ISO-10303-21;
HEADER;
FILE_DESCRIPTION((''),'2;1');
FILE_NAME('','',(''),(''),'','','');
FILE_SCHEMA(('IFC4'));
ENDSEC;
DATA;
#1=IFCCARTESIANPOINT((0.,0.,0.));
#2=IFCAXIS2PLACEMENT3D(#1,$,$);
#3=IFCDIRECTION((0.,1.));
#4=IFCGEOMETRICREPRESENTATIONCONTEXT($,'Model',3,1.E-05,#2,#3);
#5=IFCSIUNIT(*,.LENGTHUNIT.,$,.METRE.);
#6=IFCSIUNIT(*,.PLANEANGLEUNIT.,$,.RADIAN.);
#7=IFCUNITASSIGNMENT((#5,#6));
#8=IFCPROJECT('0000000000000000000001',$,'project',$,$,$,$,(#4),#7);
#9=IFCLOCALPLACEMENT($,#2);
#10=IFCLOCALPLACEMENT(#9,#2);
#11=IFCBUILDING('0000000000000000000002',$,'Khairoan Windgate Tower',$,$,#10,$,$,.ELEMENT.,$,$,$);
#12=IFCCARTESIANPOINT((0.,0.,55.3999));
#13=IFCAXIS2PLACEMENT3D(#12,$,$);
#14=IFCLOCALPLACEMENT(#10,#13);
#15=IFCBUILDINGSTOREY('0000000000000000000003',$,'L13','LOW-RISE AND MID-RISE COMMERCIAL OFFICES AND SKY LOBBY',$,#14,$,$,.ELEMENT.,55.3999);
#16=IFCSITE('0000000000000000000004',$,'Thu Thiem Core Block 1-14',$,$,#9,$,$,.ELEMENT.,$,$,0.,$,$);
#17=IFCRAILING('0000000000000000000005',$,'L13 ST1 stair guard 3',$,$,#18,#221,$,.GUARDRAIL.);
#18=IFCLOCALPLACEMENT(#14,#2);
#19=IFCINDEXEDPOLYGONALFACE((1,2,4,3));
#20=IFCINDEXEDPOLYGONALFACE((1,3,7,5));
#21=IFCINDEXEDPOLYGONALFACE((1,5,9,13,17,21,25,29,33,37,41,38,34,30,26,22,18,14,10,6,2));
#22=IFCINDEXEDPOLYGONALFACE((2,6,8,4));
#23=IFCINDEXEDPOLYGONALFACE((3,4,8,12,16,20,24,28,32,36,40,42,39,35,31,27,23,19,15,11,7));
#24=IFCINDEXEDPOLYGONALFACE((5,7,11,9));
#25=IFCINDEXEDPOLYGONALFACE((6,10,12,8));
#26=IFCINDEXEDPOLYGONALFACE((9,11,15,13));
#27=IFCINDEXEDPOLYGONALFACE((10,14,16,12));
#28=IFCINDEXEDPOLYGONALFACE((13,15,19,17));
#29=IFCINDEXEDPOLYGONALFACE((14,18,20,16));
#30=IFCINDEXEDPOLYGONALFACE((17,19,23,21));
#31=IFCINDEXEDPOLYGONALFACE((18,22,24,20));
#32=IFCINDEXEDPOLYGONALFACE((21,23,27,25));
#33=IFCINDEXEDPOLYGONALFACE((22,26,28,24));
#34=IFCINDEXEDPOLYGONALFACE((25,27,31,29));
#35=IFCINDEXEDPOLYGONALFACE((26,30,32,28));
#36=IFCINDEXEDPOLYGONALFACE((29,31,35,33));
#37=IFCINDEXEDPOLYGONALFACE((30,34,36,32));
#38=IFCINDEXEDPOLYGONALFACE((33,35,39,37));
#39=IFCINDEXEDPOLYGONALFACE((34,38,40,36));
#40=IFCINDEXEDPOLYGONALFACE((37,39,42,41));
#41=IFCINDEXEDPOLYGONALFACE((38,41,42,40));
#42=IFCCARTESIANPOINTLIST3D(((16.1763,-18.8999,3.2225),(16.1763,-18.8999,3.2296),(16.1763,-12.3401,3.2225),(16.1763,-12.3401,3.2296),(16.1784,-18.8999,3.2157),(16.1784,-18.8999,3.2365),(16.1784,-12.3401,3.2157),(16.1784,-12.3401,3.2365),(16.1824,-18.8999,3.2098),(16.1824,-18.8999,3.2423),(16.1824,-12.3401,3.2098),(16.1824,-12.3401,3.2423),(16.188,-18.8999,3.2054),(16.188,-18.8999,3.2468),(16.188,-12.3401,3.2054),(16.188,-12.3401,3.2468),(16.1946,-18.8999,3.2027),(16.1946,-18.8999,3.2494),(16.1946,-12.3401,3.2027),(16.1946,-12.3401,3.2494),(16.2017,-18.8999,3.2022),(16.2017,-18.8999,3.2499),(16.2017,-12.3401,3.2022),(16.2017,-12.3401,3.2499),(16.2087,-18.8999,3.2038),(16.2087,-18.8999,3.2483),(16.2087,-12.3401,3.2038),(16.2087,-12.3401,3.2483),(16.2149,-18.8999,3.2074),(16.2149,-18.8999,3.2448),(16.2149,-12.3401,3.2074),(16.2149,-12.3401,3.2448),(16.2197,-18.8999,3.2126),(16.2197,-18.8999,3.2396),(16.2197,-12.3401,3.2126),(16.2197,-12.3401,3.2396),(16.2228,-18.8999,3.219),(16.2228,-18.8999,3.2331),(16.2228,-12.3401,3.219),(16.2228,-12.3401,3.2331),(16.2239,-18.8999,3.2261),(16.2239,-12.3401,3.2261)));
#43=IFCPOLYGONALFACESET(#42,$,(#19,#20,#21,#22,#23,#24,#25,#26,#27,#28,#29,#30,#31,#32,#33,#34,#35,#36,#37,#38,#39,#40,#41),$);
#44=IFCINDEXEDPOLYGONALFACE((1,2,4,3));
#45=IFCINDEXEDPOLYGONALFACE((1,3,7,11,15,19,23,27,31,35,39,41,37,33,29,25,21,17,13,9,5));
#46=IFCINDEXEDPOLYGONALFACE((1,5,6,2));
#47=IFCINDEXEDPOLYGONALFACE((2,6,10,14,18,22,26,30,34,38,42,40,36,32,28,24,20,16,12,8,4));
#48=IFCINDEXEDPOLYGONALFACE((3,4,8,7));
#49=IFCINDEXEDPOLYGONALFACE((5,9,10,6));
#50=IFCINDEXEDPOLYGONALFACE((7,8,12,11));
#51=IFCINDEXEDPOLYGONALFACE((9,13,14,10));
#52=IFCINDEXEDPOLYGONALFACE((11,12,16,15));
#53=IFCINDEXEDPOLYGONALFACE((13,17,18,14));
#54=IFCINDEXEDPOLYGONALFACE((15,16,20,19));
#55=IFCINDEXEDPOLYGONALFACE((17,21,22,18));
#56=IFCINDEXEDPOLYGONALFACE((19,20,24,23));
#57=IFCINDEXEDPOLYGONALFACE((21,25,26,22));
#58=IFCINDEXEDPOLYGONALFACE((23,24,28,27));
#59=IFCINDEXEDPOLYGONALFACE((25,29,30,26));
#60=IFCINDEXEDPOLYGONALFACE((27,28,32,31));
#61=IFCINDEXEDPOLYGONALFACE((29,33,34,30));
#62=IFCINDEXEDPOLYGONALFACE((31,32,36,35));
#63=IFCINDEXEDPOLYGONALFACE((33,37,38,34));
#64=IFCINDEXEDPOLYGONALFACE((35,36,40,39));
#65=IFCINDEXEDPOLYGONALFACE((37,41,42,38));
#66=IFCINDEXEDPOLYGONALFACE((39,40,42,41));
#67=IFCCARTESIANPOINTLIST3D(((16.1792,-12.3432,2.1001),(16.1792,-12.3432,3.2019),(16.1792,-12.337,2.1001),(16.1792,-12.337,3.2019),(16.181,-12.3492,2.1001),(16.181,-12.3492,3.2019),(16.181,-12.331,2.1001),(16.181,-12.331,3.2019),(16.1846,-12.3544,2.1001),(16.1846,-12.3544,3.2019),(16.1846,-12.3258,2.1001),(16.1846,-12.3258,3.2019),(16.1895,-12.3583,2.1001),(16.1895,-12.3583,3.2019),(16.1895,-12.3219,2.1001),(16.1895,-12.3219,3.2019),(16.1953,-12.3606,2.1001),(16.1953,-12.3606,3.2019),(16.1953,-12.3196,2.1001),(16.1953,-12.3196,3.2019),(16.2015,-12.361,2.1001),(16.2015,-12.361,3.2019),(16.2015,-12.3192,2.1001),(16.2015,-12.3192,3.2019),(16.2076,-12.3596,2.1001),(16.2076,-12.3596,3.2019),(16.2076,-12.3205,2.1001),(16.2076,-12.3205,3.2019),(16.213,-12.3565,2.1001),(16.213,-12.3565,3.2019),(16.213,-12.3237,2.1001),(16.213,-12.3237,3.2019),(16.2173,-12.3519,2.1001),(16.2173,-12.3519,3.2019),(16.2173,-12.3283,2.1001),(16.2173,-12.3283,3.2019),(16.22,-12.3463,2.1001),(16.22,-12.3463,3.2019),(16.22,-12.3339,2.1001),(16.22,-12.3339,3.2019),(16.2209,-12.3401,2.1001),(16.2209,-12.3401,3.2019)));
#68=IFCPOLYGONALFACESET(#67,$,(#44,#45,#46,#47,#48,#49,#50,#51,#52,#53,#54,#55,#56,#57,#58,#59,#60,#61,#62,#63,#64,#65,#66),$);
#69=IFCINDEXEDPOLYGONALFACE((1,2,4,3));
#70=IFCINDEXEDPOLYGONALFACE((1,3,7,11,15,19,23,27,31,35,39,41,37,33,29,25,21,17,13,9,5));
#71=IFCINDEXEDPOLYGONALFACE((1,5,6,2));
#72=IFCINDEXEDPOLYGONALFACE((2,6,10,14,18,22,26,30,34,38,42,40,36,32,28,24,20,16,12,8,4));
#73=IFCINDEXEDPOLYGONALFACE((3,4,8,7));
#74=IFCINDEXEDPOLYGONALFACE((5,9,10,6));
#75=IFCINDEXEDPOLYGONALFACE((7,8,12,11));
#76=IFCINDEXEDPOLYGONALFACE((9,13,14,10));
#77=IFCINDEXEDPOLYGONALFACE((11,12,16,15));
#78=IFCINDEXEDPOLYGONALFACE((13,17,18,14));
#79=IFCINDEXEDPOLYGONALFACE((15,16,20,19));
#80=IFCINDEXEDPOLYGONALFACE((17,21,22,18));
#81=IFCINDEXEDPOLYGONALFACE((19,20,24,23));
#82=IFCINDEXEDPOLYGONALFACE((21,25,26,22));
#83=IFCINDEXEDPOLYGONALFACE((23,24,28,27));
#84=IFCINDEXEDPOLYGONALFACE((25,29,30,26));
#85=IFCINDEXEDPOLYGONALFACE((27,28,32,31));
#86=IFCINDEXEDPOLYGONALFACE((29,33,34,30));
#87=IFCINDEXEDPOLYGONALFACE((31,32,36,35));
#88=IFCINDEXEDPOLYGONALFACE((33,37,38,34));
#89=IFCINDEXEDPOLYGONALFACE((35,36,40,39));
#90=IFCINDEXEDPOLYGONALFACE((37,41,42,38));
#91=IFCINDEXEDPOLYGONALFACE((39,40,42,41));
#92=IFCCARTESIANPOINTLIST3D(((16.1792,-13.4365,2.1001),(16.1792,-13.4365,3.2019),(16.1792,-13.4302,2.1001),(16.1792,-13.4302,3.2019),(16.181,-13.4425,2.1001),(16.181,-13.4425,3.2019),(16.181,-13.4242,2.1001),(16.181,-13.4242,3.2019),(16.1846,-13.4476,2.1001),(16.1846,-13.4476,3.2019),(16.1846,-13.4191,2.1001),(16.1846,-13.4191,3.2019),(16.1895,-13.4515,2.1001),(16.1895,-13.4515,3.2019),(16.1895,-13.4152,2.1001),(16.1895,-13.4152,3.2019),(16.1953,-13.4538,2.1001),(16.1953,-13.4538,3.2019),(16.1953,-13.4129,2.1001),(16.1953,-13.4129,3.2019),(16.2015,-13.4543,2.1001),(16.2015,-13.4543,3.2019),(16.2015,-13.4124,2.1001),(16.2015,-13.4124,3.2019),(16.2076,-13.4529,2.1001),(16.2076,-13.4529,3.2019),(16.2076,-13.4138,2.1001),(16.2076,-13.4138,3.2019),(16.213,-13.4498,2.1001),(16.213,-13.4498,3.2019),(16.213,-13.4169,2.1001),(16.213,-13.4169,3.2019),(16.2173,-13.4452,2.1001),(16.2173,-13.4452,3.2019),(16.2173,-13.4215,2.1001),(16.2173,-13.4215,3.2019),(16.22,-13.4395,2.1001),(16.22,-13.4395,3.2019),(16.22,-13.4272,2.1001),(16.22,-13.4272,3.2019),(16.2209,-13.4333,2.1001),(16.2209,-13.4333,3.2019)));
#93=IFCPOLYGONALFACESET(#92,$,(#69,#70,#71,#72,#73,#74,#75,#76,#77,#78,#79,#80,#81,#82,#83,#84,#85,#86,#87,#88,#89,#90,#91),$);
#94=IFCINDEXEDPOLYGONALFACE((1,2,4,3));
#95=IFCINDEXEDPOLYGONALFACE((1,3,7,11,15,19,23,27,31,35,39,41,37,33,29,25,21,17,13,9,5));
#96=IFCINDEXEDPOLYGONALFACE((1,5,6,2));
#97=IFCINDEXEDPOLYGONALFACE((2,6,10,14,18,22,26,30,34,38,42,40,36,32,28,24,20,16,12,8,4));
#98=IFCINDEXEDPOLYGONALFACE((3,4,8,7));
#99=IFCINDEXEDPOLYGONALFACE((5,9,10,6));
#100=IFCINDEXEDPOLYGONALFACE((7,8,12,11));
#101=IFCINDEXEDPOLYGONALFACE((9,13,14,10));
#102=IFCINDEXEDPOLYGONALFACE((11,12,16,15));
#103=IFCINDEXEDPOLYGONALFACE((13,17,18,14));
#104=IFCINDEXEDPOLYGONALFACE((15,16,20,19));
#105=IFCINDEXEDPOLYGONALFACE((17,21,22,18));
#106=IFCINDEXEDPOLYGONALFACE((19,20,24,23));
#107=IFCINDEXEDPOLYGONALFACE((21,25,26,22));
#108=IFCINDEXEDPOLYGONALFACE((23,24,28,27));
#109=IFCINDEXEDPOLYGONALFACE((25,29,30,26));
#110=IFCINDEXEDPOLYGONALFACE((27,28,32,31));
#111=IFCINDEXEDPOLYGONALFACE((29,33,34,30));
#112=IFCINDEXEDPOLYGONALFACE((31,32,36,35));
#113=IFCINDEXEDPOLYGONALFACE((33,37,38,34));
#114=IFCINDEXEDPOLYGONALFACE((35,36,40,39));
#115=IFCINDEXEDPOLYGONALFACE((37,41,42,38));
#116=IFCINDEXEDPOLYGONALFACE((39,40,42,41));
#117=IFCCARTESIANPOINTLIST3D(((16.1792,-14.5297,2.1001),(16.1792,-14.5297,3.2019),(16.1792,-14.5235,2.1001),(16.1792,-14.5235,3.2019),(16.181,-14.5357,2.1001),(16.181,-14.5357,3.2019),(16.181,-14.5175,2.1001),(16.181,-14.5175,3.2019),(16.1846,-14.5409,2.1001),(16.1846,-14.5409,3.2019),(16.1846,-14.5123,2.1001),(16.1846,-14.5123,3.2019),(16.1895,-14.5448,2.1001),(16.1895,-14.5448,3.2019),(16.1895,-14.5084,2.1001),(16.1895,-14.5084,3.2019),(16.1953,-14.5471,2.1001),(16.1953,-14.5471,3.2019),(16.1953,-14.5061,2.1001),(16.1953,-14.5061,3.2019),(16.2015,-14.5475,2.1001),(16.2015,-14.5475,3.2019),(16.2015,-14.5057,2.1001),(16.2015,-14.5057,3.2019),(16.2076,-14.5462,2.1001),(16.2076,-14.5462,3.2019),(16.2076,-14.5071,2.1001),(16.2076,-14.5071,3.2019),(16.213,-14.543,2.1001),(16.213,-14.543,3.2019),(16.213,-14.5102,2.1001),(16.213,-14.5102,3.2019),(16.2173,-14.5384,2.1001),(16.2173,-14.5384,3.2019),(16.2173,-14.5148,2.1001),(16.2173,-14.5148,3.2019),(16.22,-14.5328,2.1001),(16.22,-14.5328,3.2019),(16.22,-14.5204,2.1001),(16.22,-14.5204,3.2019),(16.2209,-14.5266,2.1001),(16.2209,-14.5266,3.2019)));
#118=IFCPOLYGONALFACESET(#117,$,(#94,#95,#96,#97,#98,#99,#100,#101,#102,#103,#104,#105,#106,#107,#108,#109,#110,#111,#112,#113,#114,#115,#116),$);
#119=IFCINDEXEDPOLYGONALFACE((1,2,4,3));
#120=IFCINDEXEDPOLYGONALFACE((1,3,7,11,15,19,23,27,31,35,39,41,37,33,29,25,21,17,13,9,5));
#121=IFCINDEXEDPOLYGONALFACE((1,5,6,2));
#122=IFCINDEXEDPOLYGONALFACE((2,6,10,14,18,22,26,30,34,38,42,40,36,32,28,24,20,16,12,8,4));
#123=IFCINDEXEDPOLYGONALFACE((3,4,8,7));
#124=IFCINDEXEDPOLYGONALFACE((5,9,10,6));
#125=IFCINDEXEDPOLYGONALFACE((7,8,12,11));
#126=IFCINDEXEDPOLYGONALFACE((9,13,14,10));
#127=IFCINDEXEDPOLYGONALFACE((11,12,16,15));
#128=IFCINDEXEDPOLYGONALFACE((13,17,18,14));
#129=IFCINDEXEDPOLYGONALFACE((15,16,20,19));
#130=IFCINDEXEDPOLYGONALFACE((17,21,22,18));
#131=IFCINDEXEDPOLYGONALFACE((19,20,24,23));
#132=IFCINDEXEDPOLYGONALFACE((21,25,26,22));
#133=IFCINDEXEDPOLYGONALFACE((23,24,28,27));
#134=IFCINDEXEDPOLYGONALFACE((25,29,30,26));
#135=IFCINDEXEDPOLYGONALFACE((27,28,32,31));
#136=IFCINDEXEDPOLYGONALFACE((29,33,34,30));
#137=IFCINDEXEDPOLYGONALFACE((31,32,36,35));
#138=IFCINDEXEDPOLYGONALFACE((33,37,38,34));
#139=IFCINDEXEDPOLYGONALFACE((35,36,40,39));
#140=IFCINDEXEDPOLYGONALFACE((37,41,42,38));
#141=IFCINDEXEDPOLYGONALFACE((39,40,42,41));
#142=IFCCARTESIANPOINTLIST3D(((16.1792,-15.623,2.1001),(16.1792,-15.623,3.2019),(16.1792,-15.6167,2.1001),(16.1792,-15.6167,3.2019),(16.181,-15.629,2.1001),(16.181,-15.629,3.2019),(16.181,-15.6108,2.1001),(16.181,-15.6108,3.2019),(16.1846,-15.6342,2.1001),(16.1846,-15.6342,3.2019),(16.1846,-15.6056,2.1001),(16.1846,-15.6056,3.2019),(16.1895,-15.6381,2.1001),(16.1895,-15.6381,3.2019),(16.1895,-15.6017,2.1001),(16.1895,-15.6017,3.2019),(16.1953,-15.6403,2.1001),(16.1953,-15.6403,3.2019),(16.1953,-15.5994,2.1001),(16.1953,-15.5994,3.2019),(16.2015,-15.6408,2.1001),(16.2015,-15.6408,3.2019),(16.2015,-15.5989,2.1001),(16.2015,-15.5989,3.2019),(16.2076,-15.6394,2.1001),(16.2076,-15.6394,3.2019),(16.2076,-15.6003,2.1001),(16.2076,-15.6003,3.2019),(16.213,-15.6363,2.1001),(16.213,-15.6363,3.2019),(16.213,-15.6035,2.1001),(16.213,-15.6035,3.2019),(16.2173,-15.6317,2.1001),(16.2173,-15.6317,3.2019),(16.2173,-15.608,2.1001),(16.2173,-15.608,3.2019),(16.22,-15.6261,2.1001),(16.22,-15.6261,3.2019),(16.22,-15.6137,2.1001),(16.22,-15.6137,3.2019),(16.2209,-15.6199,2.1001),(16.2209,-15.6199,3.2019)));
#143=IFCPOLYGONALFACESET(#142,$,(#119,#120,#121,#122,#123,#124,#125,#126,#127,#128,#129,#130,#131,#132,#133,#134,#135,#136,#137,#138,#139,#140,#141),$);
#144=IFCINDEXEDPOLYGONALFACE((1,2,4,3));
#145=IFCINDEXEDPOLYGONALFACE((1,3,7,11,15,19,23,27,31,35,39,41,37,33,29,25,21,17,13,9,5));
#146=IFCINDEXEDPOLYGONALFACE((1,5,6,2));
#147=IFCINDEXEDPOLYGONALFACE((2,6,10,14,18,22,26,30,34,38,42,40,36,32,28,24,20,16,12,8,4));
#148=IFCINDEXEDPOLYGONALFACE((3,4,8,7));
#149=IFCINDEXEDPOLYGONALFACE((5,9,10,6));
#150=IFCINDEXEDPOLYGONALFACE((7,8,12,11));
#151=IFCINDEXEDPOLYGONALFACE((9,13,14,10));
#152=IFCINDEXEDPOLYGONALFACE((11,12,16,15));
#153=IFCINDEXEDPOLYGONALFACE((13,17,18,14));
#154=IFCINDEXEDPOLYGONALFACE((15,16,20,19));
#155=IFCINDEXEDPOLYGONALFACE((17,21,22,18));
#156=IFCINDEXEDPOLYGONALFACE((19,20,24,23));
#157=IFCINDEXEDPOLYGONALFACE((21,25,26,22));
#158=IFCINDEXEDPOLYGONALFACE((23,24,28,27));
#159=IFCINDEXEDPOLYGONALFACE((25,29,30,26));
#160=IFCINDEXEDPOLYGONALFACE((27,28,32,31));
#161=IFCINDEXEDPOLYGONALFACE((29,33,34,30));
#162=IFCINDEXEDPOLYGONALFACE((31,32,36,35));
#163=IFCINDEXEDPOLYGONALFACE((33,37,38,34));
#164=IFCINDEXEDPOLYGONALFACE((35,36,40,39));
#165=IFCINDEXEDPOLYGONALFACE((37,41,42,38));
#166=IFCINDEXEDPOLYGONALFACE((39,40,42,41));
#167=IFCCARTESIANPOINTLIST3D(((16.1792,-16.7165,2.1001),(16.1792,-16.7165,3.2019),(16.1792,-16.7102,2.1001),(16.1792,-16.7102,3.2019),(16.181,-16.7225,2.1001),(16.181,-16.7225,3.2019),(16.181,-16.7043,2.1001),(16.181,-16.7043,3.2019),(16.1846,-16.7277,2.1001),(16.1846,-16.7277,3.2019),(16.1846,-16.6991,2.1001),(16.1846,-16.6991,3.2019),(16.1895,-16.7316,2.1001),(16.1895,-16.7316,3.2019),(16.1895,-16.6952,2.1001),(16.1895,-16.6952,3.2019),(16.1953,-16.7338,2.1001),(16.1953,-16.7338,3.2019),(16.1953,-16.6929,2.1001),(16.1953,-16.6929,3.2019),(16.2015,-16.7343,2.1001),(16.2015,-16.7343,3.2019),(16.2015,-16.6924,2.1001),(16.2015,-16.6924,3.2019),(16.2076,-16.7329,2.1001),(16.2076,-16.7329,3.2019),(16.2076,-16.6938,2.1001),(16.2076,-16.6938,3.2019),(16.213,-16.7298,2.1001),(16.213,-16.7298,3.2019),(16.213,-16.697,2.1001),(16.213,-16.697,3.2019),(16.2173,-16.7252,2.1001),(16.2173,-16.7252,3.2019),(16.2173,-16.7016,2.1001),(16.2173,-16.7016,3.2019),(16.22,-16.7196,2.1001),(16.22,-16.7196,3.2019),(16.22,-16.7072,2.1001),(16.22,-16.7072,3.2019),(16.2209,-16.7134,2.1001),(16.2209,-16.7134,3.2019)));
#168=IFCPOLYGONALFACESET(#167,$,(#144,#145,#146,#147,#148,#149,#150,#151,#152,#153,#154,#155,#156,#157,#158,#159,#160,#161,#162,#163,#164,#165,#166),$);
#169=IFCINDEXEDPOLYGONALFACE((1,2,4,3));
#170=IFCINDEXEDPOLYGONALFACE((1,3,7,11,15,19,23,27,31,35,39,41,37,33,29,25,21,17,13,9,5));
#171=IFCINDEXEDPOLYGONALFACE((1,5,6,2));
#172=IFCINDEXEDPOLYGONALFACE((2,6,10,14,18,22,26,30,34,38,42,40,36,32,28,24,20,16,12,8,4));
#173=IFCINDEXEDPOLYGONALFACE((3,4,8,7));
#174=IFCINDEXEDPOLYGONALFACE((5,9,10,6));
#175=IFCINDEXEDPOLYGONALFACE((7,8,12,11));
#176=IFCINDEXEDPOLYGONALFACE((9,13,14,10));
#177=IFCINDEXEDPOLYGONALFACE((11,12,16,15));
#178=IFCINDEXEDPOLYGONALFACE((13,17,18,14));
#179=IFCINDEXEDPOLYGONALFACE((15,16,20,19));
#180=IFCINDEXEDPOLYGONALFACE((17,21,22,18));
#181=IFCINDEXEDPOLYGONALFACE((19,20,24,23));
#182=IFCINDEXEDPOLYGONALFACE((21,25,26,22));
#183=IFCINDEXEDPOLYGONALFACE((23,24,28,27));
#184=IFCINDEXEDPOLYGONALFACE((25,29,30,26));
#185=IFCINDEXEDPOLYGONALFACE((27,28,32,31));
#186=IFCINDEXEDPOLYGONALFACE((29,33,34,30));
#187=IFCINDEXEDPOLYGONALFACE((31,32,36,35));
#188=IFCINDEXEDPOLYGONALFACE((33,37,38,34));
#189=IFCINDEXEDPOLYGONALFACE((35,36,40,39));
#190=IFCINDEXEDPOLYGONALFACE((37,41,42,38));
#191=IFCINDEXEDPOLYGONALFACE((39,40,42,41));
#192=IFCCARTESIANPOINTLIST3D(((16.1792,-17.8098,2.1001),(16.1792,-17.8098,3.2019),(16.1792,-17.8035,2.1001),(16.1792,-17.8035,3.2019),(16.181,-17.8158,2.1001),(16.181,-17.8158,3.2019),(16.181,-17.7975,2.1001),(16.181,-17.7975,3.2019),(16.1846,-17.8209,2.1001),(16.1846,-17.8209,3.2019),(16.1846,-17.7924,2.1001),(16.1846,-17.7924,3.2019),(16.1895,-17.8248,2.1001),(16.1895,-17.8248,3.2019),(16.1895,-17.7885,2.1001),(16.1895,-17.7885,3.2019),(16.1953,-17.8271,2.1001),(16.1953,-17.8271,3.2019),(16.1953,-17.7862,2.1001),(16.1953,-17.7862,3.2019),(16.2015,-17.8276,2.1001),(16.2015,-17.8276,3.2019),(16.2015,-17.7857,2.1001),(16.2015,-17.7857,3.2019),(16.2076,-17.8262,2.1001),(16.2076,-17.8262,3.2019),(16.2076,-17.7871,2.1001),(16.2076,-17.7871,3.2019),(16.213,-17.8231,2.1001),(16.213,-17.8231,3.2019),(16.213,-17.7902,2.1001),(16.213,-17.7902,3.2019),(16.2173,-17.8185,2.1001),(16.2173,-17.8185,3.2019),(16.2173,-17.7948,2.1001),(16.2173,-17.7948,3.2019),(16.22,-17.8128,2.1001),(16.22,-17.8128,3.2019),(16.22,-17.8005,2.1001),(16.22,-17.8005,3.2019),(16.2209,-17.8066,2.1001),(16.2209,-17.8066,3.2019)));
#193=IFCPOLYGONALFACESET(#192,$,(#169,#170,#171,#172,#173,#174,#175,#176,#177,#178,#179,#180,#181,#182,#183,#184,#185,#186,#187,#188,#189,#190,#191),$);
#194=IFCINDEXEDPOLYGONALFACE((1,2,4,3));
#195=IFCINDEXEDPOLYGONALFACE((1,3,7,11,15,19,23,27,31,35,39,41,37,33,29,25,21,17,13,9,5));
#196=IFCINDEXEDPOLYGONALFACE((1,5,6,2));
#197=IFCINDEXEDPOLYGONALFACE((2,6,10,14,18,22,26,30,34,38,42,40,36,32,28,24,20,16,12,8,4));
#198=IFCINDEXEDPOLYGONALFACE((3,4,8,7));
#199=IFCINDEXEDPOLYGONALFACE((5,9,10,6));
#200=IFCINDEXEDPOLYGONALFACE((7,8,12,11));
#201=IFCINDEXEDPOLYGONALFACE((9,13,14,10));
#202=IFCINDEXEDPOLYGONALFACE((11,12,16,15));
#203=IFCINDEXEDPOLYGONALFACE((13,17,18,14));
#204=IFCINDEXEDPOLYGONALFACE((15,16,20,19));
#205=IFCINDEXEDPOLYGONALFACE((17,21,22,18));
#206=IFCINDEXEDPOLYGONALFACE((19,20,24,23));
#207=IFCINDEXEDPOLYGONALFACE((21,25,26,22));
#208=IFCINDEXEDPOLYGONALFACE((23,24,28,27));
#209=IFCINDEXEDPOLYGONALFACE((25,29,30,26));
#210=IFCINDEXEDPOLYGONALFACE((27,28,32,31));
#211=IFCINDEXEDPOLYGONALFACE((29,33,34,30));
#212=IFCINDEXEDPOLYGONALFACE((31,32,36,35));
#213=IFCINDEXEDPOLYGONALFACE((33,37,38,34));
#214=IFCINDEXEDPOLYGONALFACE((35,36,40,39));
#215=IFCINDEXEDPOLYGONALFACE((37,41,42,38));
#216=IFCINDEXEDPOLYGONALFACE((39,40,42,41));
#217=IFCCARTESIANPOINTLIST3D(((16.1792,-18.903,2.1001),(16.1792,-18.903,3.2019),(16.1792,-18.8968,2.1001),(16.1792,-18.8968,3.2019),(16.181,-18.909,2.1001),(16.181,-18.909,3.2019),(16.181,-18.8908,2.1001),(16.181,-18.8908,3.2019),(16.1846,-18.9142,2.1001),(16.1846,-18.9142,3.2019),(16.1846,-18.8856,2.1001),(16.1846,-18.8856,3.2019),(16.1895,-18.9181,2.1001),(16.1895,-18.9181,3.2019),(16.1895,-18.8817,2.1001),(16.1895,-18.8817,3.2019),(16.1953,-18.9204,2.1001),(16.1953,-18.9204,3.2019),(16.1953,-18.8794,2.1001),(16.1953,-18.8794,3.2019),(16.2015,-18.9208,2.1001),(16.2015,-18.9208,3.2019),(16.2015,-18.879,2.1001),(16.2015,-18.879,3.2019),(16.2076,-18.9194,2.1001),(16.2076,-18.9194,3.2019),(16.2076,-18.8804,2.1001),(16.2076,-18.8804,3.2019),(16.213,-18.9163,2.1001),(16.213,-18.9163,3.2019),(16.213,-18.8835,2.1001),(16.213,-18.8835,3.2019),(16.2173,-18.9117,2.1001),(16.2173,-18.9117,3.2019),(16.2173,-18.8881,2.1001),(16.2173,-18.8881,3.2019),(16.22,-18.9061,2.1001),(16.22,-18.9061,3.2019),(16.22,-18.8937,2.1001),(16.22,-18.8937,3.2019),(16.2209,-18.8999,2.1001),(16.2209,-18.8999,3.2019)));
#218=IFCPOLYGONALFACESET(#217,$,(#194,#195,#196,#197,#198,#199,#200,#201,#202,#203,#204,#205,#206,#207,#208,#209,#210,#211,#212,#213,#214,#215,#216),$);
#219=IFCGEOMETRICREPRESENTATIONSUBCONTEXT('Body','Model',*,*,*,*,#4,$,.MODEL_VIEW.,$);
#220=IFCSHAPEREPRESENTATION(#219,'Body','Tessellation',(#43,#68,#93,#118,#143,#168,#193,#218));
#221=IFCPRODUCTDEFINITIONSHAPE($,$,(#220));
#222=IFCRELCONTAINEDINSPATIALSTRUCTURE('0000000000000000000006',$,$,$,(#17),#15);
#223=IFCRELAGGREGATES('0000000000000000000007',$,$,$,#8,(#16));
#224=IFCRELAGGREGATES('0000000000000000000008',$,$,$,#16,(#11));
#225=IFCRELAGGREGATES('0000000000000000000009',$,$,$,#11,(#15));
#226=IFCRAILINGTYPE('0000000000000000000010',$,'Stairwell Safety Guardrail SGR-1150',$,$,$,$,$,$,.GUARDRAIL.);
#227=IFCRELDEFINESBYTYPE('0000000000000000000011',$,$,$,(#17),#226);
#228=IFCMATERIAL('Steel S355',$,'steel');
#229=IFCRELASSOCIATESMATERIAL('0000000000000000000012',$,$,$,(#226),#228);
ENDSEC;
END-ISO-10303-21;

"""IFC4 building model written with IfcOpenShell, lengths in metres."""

from ifc_helpers import new_model, si_unit, direction, frame, origin, origin_2d, place, context, subcontext, project, spatial, circle, extrude, material, type_object, element, save


model = new_model("IFC4")

# Units and contexts
model_context = context("Model", 3, precision=1e-05, world=origin(), true_north=direction((0.0, 1.0)))
body_context = subcontext(model_context, "Body", "Model", "MODEL_VIEW")
ifc_project = project(units=[si_unit("LENGTHUNIT", "METRE"), si_unit("PLANEANGLEUNIT", "RADIAN")], contexts=[model_context])

# Site, building, storey
site_placement = place(None, origin())
site = spatial("IfcSite", under=ifc_project, at=site_placement, Name="Thu Thiem Core Block 1-14", CompositionType="ELEMENT", RefElevation=0.0)
building_placement = place(site_placement, origin())
building = spatial("IfcBuilding", under=site, at=building_placement, Name="Khairoan Windgate Tower", CompositionType="ELEMENT")
storey_placement = place(building_placement, frame((0.0, 0.0, 55.3999)))
storey = spatial("IfcBuildingStorey", under=building, at=storey_placement, Name="L13", Description="LOW-RISE AND MID-RISE COMMERCIAL OFFICES AND SKY LOBBY", CompositionType="ELEMENT", Elevation=55.3999)

# Railing
ifc_material_1 = material(Name="Steel S355", Category="steel")
railing_type = type_object("IfcRailingType", Name="Stairwell Safety Guardrail SGR-1150", PredefinedType="GUARDRAIL", material=ifc_material_1)
railing_1_placement = place(storey_placement, frame((16.2, -12.3401, 2.1001)))
element("IfcRailing", 1, at=railing_1_placement, inside=storey, type_object=railing_type, Name="L13 ST1 stair guard 3", PredefinedType="GUARDRAIL", context=body_context, shape_type="SweptSolid", body=[
    extrude(circle(Radius=0.0239, at=origin_2d()), frame((0.0, 0.0, 1.126), z_axis=(0.0, -1.0, 0.0), x_axis=(1.0, 0.0, 0.0)), (0.0, 0.0, 1.0), 6.5598),
    extrude(circle(Radius=0.021, at=origin_2d()), origin(), (0.0, 0.0, 1.0), 1.1018),
    extrude(circle(Radius=0.021, at=origin_2d()), frame((0.0, -1.0933, 0.0)), (0.0, 0.0, 1.0), 1.1018),
    extrude(circle(Radius=0.021, at=origin_2d()), frame((0.0, -2.1865, 0.0)), (0.0, 0.0, 1.0), 1.1018),
    extrude(circle(Radius=0.021, at=origin_2d()), frame((0.0, -3.2798, 0.0)), (0.0, 0.0, 1.0), 1.1018),
    extrude(circle(Radius=0.021, at=origin_2d()), frame((0.0, -4.3733, 0.0)), (0.0, 0.0, 1.0), 1.1018),
    extrude(circle(Radius=0.021, at=origin_2d()), frame((0.0, -5.4666, 0.0)), (0.0, 0.0, 1.0), 1.1018),
    extrude(circle(Radius=0.021, at=origin_2d()), frame((0.0, -6.5598, 0.0)), (0.0, 0.0, 1.0), 1.1018),
])

save(model, "model.ifc")
